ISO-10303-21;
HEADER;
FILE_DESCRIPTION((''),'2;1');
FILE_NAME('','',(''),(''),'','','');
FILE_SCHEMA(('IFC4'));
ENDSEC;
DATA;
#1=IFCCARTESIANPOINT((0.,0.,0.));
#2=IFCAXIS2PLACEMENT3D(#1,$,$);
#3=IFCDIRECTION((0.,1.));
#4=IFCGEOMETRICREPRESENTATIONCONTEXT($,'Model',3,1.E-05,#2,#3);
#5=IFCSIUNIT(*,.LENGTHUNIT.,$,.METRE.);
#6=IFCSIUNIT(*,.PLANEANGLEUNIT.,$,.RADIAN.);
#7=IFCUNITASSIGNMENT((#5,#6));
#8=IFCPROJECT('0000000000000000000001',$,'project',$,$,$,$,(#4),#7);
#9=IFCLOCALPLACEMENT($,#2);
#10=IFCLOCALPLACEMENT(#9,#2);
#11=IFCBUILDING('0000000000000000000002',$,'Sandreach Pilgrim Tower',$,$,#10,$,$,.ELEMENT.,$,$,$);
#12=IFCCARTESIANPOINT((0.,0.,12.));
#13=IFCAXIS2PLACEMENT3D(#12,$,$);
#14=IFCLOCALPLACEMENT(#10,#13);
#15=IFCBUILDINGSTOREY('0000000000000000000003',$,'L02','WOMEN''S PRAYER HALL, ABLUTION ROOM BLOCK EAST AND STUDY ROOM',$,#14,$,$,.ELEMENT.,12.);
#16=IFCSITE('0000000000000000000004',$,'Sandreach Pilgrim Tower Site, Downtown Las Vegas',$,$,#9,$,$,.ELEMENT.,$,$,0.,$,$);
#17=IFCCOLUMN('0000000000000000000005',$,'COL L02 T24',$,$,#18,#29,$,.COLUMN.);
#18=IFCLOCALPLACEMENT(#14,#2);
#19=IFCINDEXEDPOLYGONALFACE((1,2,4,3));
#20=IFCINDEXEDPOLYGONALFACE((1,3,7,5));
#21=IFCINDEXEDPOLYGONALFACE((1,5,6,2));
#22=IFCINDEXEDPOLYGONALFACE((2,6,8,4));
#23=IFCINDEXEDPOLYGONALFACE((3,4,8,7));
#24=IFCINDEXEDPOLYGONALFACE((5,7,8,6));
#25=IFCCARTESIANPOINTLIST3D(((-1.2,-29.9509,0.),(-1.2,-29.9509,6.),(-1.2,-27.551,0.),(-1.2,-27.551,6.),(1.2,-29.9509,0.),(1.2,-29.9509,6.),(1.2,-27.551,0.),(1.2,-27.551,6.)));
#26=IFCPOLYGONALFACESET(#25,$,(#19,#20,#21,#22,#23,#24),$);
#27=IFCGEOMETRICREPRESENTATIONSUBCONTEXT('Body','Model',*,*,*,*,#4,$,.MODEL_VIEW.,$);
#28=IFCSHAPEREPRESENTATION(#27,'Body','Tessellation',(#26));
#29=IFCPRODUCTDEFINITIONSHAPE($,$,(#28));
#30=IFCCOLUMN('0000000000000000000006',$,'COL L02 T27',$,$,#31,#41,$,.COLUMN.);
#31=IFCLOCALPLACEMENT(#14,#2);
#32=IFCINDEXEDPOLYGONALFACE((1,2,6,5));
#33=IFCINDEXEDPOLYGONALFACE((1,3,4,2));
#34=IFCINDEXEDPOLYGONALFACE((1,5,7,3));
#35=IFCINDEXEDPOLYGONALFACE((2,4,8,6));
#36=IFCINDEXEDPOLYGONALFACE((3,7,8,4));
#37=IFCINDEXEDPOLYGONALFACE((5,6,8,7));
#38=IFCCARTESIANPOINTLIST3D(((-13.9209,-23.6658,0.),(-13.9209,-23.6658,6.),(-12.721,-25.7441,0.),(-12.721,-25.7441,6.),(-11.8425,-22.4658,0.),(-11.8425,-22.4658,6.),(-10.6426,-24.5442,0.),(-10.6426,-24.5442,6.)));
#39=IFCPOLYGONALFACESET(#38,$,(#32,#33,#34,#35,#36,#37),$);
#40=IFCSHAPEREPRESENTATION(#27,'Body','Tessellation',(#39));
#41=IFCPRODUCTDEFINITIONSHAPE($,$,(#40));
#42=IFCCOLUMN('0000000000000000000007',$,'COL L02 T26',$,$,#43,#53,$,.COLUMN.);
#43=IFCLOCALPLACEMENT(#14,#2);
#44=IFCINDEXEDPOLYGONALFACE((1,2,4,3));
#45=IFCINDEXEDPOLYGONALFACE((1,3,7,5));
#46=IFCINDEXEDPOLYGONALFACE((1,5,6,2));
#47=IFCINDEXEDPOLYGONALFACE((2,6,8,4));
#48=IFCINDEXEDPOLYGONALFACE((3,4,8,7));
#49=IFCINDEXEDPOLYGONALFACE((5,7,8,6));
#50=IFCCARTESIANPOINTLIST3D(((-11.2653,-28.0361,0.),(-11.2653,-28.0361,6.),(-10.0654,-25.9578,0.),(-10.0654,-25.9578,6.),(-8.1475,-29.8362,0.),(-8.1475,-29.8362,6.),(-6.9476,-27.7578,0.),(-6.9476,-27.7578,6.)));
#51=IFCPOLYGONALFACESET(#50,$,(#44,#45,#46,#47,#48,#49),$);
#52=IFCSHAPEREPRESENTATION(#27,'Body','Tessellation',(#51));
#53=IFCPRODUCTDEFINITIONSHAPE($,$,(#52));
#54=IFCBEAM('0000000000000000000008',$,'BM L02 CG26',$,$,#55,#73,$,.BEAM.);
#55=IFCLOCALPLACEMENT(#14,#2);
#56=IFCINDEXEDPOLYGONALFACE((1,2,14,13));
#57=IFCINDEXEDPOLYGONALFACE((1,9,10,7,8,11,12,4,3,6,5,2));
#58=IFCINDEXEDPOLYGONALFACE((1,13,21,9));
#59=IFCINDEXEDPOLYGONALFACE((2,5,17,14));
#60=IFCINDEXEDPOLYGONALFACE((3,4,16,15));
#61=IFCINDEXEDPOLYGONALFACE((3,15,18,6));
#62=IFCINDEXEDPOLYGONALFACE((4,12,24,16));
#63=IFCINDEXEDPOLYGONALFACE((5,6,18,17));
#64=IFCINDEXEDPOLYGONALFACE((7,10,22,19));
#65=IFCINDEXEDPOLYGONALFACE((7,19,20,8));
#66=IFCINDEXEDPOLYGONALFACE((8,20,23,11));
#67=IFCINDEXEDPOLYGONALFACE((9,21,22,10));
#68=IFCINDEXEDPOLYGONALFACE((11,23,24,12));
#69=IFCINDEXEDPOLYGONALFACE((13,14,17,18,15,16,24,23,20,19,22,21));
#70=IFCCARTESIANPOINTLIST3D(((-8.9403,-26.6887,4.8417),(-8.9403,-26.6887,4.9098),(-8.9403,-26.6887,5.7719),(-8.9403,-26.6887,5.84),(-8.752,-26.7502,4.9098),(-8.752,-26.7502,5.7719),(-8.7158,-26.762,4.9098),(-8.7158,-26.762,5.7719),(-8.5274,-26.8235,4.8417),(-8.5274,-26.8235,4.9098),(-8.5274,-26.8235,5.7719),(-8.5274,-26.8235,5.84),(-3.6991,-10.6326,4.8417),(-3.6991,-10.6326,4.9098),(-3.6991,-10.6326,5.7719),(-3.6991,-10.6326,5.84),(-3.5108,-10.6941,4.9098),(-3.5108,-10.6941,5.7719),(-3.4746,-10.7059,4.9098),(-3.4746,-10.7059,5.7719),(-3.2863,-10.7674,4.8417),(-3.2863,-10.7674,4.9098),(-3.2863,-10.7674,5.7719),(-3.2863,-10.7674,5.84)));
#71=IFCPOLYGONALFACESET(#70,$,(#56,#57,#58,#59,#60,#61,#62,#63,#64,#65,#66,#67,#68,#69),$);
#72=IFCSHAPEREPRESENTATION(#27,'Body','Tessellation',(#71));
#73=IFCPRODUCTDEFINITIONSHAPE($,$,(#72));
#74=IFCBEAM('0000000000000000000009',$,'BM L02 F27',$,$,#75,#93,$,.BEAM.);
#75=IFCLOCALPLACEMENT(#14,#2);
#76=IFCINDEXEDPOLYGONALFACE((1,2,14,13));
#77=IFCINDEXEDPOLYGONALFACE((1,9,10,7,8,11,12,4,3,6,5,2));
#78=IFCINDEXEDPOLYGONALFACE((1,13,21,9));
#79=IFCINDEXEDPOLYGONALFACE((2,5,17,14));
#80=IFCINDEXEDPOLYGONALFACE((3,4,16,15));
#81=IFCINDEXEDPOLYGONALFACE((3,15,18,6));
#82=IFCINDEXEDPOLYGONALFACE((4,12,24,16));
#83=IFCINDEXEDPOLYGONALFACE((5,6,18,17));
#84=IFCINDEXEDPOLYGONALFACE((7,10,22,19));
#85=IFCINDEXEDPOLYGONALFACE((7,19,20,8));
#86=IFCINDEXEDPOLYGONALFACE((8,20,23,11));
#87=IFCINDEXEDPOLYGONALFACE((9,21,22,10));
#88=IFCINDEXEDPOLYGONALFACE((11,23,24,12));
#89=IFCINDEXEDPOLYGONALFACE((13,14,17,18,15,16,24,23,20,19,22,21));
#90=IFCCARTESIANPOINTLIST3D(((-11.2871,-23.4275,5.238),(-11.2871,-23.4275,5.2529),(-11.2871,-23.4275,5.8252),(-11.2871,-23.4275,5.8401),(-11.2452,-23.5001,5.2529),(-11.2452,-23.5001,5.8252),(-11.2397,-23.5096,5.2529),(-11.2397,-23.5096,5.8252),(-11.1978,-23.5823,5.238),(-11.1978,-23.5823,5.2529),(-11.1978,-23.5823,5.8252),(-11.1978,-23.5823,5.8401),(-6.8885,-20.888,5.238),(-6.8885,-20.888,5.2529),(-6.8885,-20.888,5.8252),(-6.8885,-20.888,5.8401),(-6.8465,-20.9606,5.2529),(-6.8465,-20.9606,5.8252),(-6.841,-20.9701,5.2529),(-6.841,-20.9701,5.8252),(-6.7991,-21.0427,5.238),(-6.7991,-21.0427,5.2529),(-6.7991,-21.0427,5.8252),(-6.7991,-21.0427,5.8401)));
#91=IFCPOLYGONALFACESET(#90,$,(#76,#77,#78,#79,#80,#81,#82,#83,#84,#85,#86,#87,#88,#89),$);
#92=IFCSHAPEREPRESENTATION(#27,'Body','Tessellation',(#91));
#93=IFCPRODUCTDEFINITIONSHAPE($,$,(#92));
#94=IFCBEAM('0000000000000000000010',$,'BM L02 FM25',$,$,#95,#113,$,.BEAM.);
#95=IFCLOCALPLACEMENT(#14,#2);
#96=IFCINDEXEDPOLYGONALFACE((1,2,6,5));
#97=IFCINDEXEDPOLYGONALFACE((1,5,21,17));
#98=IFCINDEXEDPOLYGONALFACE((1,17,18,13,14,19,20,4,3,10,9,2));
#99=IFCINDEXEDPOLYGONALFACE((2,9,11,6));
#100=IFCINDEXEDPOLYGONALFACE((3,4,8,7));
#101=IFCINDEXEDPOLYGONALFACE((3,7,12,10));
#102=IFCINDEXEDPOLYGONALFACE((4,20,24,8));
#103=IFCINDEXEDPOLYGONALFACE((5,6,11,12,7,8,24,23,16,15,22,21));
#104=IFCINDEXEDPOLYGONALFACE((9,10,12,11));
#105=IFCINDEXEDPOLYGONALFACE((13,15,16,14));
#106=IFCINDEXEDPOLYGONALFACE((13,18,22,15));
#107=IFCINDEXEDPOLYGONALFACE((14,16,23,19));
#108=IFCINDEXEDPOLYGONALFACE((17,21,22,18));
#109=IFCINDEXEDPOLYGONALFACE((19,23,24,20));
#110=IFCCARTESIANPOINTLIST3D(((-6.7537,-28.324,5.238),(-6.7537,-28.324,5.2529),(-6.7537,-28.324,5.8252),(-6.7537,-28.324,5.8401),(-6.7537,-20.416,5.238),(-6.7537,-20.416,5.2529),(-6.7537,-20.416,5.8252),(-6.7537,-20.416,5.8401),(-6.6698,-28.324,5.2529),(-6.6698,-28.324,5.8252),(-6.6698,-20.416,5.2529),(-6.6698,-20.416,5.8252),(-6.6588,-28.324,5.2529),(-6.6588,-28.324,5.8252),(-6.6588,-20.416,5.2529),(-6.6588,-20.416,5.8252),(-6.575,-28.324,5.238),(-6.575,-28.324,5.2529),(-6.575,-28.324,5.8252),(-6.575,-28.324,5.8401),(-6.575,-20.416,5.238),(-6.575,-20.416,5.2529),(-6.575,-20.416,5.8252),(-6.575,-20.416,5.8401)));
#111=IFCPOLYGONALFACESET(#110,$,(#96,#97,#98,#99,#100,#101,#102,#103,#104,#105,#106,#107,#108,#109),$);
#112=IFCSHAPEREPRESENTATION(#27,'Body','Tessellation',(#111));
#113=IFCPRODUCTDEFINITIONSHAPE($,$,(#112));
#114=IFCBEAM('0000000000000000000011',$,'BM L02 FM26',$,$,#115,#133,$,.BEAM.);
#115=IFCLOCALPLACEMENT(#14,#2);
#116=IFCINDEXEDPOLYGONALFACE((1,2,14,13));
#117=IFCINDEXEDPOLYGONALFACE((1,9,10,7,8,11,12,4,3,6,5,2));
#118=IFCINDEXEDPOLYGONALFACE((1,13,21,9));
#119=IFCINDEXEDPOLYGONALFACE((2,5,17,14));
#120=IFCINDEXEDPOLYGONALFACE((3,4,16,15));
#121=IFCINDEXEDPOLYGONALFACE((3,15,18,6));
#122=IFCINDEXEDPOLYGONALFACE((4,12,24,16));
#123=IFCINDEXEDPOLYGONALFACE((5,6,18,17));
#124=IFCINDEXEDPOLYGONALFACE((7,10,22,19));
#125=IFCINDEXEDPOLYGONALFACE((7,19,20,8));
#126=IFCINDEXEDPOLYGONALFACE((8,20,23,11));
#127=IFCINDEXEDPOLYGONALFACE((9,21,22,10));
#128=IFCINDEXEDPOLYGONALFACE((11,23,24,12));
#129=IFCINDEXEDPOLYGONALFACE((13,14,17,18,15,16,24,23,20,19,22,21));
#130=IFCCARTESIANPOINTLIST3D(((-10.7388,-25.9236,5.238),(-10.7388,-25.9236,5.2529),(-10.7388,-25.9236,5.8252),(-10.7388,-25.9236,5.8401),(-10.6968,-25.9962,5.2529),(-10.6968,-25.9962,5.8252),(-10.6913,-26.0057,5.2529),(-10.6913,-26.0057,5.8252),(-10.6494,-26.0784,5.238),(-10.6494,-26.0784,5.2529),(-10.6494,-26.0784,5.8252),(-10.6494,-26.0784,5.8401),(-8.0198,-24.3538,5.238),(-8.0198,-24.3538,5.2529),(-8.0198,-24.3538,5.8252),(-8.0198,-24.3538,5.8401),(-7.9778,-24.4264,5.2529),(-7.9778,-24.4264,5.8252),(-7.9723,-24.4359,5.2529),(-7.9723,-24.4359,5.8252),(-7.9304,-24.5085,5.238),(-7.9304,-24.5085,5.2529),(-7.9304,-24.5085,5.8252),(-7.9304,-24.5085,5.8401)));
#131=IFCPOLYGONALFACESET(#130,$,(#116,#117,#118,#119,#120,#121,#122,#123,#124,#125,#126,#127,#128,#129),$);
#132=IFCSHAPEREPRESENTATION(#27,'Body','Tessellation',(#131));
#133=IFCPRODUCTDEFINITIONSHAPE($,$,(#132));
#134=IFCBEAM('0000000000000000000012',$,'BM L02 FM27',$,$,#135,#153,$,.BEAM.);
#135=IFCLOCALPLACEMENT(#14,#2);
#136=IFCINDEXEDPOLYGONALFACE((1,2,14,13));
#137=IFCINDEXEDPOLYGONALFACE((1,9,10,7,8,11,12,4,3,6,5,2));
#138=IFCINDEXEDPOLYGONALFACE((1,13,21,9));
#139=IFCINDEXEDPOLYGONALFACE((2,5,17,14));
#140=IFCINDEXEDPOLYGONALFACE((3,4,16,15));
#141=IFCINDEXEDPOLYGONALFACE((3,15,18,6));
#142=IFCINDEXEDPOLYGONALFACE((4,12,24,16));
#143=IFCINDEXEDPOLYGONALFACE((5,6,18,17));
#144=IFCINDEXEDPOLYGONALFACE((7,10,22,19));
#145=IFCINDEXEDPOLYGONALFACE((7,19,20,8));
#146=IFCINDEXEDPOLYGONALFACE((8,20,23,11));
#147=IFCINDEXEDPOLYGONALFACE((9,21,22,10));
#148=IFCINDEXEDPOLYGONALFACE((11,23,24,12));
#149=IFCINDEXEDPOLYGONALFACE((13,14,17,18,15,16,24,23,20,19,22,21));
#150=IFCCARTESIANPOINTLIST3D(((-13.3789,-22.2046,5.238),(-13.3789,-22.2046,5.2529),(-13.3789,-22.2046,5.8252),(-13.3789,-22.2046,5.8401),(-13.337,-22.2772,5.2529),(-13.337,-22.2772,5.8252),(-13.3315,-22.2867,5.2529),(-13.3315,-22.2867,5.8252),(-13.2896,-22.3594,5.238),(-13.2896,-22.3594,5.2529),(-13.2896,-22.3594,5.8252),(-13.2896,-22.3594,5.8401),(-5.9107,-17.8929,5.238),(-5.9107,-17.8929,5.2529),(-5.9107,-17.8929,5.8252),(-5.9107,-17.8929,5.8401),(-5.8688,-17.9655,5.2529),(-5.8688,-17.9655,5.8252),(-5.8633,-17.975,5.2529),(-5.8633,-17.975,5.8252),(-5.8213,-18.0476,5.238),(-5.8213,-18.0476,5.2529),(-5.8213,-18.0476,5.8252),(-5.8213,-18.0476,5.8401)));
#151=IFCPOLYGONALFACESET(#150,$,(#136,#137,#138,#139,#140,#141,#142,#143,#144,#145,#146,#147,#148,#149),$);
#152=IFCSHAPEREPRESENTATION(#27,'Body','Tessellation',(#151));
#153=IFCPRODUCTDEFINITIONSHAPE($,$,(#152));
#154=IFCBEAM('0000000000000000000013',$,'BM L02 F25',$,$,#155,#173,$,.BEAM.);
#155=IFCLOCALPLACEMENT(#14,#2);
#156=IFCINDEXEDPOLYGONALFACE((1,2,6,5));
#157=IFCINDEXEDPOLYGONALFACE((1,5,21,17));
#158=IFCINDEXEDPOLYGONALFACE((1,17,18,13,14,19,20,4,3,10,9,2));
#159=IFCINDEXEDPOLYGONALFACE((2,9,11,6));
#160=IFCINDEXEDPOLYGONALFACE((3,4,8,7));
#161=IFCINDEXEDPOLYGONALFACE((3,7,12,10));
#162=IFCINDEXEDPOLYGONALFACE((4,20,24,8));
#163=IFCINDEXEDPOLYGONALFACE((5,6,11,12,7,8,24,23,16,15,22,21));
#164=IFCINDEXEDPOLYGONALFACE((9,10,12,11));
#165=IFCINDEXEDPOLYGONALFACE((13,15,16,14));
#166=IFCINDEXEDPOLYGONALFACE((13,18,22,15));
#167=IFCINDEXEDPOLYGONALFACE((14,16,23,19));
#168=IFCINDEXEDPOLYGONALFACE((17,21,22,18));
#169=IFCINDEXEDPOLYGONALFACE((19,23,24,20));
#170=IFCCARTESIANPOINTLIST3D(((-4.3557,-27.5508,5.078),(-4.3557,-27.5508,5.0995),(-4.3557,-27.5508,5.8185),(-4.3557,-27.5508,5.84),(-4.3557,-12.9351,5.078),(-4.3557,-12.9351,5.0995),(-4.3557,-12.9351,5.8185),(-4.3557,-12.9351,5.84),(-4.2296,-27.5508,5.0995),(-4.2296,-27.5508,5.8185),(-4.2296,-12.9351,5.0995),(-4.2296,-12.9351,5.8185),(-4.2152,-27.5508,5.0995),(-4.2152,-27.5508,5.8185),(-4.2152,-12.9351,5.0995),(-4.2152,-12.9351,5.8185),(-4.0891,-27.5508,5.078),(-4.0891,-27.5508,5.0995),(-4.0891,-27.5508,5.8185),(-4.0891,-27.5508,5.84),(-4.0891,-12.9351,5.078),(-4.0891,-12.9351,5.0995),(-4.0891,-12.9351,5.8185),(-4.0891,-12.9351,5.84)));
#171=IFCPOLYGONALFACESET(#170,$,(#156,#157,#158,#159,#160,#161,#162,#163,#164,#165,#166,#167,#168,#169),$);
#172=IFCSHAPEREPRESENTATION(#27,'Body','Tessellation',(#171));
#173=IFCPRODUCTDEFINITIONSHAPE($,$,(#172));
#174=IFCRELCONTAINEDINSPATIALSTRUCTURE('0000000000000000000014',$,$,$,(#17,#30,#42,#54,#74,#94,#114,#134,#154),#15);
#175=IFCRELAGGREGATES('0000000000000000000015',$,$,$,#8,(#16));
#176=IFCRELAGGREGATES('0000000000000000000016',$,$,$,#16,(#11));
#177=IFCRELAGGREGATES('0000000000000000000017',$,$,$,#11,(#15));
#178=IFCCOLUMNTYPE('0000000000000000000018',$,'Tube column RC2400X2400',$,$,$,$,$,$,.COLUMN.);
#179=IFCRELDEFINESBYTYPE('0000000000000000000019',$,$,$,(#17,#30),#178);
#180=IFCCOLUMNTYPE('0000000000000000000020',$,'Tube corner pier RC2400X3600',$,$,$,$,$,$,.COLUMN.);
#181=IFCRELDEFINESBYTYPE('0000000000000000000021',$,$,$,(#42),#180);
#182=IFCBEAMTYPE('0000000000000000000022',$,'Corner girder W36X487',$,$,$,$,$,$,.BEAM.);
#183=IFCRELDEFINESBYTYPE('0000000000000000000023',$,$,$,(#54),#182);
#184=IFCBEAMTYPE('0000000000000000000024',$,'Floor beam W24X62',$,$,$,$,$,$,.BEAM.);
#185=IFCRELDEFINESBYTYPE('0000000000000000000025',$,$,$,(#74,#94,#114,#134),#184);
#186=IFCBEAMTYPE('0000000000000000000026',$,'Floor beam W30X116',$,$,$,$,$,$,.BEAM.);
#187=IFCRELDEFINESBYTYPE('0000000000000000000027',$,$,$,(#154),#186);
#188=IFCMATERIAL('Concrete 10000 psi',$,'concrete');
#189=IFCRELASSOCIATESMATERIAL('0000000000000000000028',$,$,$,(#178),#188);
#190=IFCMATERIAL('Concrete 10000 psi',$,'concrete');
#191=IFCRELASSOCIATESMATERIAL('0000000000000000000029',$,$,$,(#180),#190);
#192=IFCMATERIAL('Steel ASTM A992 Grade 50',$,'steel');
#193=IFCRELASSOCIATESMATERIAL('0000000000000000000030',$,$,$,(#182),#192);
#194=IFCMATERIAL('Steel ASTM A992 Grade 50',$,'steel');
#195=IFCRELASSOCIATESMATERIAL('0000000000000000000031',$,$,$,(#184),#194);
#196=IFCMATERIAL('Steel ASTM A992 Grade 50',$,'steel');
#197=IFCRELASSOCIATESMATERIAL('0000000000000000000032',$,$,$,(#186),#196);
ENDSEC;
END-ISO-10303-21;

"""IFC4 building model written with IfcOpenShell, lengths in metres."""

from ifc_helpers import new_model, si_unit, direction, frame, origin, origin_2d, place, context, subcontext, project, spatial, rectangle, i_section, extrude, material, material_profile, profile_set, type_object, element, save


model = new_model("IFC4")

# Units and contexts
model_context = context("Model", 3, precision=1e-05, world=origin(), true_north=direction((0.0, 1.0)))
body_context = subcontext(model_context, "Body", "Model", "MODEL_VIEW")
ifc_project = project(units=[si_unit("LENGTHUNIT", "METRE"), si_unit("PLANEANGLEUNIT", "RADIAN")], contexts=[model_context])

# Site, building, storey
site_placement = place(None, origin())
site = spatial("IfcSite", under=ifc_project, at=site_placement, Name="Sandreach Pilgrim Tower Site, Downtown Las Vegas", CompositionType="ELEMENT", RefElevation=0.0)
building_placement = place(site_placement, origin())
building = spatial("IfcBuilding", under=site, at=building_placement, Name="Sandreach Pilgrim Tower", CompositionType="ELEMENT")
storey_placement = place(building_placement, frame((0.0, 0.0, 12.0)))
storey = spatial("IfcBuildingStorey", under=building, at=storey_placement, Name="L02", Description="WOMEN'S PRAYER HALL, ABLUTION ROOM BLOCK EAST AND STUDY ROOM", CompositionType="ELEMENT", Elevation=12.0)

# Columns
ifc_material_1 = material(Name="Concrete 10000 psi", Category="concrete")
ifc_material_profile_1 = material_profile(ifc_material_1, rectangle(XDim=2.3999, YDim=2.3999, at=origin_2d()), Name="RC2400X2400")
ifc_profile_set_1 = profile_set([ifc_material_profile_1], Name="Concrete 10000 psi")
column_type_1 = type_object("IfcColumnType", Name="Tube column RC2400X2400", PredefinedType="COLUMN", material=ifc_profile_set_1)
for number, where, z_axis, x_axis, name in (
    (1, (0.0, -28.751, 0.0), (0.0, 0.0, 1.0), (0.0, -1.0, 0.0), "COL L02 T24"),
    (2, (-12.2817, -24.105, 0.0), (0.0, 0.0, 1.0), (-0.866025, -0.5, 0.0), "COL L02 T27"),
):
    element("IfcColumn", number, at=place(storey_placement, frame(where, z_axis=z_axis, x_axis=x_axis)), inside=storey, type_object=column_type_1, Name=name, PredefinedType="COLUMN", context=body_context, shape_type="SweptSolid", body=[
        extrude(rectangle(XDim=2.3999, YDim=2.3999, at=origin_2d()), origin(), (0.0, 0.0, 1.0), 6.0),
    ])
ifc_material_2 = material(Name="Concrete 10000 psi", Category="concrete")
ifc_material_profile_2 = material_profile(ifc_material_2, rectangle(XDim=2.3999, YDim=3.6001, at=origin_2d()), Name="RC2400X3600")
ifc_profile_set_2 = profile_set([ifc_material_profile_2], Name="Concrete 10000 psi")
column_type_2 = type_object("IfcColumnType", Name="Tube corner pier RC2400X3600", PredefinedType="COLUMN", material=ifc_profile_set_2)
column_placement = place(storey_placement, frame((-9.1064, -27.897, 0.0), z_axis=(0.0, 0.0, 1.0), x_axis=(-0.5, -0.866025, 0.0)))
element("IfcColumn", 3, at=column_placement, inside=storey, type_object=column_type_2, Name="COL L02 T26", PredefinedType="COLUMN", context=body_context, shape_type="SweptSolid", body=[
    extrude(rectangle(XDim=2.3999, YDim=3.6001, at=origin_2d()), origin(), (0.0, 0.0, 1.0), 6.0),
])

# Beams
ifc_material_3 = material(Name="Steel ASTM A992 Grade 50", Category="steel")
ifc_material_profile_3 = material_profile(ifc_material_3, i_section(OverallWidth=0.4343, OverallDepth=0.9983, WebThickness=0.0381, FlangeThickness=0.0681, at=origin_2d()), Name="W36X487")
ifc_profile_set_3 = profile_set([ifc_material_profile_3], Name="Steel ASTM A992 Grade 50")
beam_type_1 = type_object("IfcBeamType", Name="Corner girder W36X487", PredefinedType="BEAM", material=ifc_profile_set_3)
beam_1_placement = place(storey_placement, frame((-8.7339, -26.7561, 5.3408), z_axis=(0.310315, 0.950634, 0.0), x_axis=(-0.950634, 0.310315, 0.0)))
element("IfcBeam", 4, at=beam_1_placement, inside=storey, type_object=beam_type_1, Name="BM L02 CG26", PredefinedType="BEAM", context=body_context, shape_type="SweptSolid", body=[
    extrude(i_section(OverallWidth=0.4343, OverallDepth=0.9983, WebThickness=0.0381, FlangeThickness=0.0681, at=origin_2d()), origin(), (0.0, 0.0, 1.0), 16.8899),
])
ifc_material_4 = material(Name="Steel ASTM A992 Grade 50", Category="steel")
ifc_material_profile_4 = material_profile(ifc_material_4, i_section(OverallWidth=0.1787, OverallDepth=0.6021, WebThickness=0.011, FlangeThickness=0.0149, at=origin_2d()), Name="W24X62")
ifc_profile_set_4 = profile_set([ifc_material_profile_4], Name="Steel ASTM A992 Grade 50")
beam_type_2 = type_object("IfcBeamType", Name="Floor beam W24X62", PredefinedType="BEAM", material=ifc_profile_set_4)
beam_2_placement = place(storey_placement, frame((-11.2424, -23.5049, 5.5391), z_axis=(0.866028, 0.499996, 0.0), x_axis=(-0.499996, 0.866028, 0.0)))
element("IfcBeam", 5, at=beam_2_placement, inside=storey, type_object=beam_type_2, Name="BM L02 F27", PredefinedType="BEAM", context=body_context, shape_type="SweptSolid", body=[
    extrude(i_section(OverallWidth=0.1787, OverallDepth=0.6021, WebThickness=0.011, FlangeThickness=0.0149, at=origin_2d()), origin(), (0.0, 0.0, 1.0), 5.0791),
])
beam_3_placement = place(storey_placement, frame((-6.6643, -28.324, 5.5391), z_axis=(0.0, 1.0, 0.0), x_axis=(-1.0, 0.0, 0.0)))
element("IfcBeam", 6, at=beam_3_placement, inside=storey, type_object=beam_type_2, Name="BM L02 FM25", PredefinedType="BEAM", context=body_context, shape_type="SweptSolid", body=[
    extrude(i_section(OverallWidth=0.1787, OverallDepth=0.6021, WebThickness=0.011, FlangeThickness=0.0149, at=origin_2d()), origin(), (0.0, 0.0, 1.0), 7.908),
])
beam_4_placement = place(storey_placement, frame((-10.6941, -26.001, 5.5391), z_axis=(0.866024, 0.500003, 0.0), x_axis=(-0.500003, 0.866024, 0.0)))
element("IfcBeam", 7, at=beam_4_placement, inside=storey, type_object=beam_type_2, Name="BM L02 FM26", PredefinedType="BEAM", context=body_context, shape_type="SweptSolid", body=[
    extrude(i_section(OverallWidth=0.1787, OverallDepth=0.6021, WebThickness=0.011, FlangeThickness=0.0149, at=origin_2d()), origin(), (0.0, 0.0, 1.0), 3.1396),
])
beam_5_placement = place(storey_placement, frame((-13.3342, -22.282, 5.5391), z_axis=(0.866027, 0.499997, 0.0), x_axis=(-0.499997, 0.866027, 0.0)))
element("IfcBeam", 8, at=beam_5_placement, inside=storey, type_object=beam_type_2, Name="BM L02 FM27", PredefinedType="BEAM", context=body_context, shape_type="SweptSolid", body=[
    extrude(i_section(OverallWidth=0.1787, OverallDepth=0.6021, WebThickness=0.011, FlangeThickness=0.0149, at=origin_2d()), origin(), (0.0, 0.0, 1.0), 8.6235),
])
ifc_material_5 = material(Name="Steel ASTM A992 Grade 50", Category="steel")
ifc_material_profile_5 = material_profile(ifc_material_5, i_section(OverallWidth=0.2666, OverallDepth=0.762, WebThickness=0.0144, FlangeThickness=0.0215, at=origin_2d()), Name="W30X116")
ifc_profile_set_5 = profile_set([ifc_material_profile_5], Name="Steel ASTM A992 Grade 50")
beam_type_3 = type_object("IfcBeamType", Name="Floor beam W30X116", PredefinedType="BEAM", material=ifc_profile_set_5)
beam_6_placement = place(storey_placement, frame((-4.2224, -27.5508, 5.459), z_axis=(0.0, 1.0, 0.0), x_axis=(-1.0, 0.0, 0.0)))
element("IfcBeam", 9, at=beam_6_placement, inside=storey, type_object=beam_type_3, Name="BM L02 F25", PredefinedType="BEAM", context=body_context, shape_type="SweptSolid", body=[
    extrude(i_section(OverallWidth=0.2666, OverallDepth=0.762, WebThickness=0.0144, FlangeThickness=0.0215, at=origin_2d()), origin(), (0.0, 0.0, 1.0), 14.6157),
])

save(model, "model.ifc")
